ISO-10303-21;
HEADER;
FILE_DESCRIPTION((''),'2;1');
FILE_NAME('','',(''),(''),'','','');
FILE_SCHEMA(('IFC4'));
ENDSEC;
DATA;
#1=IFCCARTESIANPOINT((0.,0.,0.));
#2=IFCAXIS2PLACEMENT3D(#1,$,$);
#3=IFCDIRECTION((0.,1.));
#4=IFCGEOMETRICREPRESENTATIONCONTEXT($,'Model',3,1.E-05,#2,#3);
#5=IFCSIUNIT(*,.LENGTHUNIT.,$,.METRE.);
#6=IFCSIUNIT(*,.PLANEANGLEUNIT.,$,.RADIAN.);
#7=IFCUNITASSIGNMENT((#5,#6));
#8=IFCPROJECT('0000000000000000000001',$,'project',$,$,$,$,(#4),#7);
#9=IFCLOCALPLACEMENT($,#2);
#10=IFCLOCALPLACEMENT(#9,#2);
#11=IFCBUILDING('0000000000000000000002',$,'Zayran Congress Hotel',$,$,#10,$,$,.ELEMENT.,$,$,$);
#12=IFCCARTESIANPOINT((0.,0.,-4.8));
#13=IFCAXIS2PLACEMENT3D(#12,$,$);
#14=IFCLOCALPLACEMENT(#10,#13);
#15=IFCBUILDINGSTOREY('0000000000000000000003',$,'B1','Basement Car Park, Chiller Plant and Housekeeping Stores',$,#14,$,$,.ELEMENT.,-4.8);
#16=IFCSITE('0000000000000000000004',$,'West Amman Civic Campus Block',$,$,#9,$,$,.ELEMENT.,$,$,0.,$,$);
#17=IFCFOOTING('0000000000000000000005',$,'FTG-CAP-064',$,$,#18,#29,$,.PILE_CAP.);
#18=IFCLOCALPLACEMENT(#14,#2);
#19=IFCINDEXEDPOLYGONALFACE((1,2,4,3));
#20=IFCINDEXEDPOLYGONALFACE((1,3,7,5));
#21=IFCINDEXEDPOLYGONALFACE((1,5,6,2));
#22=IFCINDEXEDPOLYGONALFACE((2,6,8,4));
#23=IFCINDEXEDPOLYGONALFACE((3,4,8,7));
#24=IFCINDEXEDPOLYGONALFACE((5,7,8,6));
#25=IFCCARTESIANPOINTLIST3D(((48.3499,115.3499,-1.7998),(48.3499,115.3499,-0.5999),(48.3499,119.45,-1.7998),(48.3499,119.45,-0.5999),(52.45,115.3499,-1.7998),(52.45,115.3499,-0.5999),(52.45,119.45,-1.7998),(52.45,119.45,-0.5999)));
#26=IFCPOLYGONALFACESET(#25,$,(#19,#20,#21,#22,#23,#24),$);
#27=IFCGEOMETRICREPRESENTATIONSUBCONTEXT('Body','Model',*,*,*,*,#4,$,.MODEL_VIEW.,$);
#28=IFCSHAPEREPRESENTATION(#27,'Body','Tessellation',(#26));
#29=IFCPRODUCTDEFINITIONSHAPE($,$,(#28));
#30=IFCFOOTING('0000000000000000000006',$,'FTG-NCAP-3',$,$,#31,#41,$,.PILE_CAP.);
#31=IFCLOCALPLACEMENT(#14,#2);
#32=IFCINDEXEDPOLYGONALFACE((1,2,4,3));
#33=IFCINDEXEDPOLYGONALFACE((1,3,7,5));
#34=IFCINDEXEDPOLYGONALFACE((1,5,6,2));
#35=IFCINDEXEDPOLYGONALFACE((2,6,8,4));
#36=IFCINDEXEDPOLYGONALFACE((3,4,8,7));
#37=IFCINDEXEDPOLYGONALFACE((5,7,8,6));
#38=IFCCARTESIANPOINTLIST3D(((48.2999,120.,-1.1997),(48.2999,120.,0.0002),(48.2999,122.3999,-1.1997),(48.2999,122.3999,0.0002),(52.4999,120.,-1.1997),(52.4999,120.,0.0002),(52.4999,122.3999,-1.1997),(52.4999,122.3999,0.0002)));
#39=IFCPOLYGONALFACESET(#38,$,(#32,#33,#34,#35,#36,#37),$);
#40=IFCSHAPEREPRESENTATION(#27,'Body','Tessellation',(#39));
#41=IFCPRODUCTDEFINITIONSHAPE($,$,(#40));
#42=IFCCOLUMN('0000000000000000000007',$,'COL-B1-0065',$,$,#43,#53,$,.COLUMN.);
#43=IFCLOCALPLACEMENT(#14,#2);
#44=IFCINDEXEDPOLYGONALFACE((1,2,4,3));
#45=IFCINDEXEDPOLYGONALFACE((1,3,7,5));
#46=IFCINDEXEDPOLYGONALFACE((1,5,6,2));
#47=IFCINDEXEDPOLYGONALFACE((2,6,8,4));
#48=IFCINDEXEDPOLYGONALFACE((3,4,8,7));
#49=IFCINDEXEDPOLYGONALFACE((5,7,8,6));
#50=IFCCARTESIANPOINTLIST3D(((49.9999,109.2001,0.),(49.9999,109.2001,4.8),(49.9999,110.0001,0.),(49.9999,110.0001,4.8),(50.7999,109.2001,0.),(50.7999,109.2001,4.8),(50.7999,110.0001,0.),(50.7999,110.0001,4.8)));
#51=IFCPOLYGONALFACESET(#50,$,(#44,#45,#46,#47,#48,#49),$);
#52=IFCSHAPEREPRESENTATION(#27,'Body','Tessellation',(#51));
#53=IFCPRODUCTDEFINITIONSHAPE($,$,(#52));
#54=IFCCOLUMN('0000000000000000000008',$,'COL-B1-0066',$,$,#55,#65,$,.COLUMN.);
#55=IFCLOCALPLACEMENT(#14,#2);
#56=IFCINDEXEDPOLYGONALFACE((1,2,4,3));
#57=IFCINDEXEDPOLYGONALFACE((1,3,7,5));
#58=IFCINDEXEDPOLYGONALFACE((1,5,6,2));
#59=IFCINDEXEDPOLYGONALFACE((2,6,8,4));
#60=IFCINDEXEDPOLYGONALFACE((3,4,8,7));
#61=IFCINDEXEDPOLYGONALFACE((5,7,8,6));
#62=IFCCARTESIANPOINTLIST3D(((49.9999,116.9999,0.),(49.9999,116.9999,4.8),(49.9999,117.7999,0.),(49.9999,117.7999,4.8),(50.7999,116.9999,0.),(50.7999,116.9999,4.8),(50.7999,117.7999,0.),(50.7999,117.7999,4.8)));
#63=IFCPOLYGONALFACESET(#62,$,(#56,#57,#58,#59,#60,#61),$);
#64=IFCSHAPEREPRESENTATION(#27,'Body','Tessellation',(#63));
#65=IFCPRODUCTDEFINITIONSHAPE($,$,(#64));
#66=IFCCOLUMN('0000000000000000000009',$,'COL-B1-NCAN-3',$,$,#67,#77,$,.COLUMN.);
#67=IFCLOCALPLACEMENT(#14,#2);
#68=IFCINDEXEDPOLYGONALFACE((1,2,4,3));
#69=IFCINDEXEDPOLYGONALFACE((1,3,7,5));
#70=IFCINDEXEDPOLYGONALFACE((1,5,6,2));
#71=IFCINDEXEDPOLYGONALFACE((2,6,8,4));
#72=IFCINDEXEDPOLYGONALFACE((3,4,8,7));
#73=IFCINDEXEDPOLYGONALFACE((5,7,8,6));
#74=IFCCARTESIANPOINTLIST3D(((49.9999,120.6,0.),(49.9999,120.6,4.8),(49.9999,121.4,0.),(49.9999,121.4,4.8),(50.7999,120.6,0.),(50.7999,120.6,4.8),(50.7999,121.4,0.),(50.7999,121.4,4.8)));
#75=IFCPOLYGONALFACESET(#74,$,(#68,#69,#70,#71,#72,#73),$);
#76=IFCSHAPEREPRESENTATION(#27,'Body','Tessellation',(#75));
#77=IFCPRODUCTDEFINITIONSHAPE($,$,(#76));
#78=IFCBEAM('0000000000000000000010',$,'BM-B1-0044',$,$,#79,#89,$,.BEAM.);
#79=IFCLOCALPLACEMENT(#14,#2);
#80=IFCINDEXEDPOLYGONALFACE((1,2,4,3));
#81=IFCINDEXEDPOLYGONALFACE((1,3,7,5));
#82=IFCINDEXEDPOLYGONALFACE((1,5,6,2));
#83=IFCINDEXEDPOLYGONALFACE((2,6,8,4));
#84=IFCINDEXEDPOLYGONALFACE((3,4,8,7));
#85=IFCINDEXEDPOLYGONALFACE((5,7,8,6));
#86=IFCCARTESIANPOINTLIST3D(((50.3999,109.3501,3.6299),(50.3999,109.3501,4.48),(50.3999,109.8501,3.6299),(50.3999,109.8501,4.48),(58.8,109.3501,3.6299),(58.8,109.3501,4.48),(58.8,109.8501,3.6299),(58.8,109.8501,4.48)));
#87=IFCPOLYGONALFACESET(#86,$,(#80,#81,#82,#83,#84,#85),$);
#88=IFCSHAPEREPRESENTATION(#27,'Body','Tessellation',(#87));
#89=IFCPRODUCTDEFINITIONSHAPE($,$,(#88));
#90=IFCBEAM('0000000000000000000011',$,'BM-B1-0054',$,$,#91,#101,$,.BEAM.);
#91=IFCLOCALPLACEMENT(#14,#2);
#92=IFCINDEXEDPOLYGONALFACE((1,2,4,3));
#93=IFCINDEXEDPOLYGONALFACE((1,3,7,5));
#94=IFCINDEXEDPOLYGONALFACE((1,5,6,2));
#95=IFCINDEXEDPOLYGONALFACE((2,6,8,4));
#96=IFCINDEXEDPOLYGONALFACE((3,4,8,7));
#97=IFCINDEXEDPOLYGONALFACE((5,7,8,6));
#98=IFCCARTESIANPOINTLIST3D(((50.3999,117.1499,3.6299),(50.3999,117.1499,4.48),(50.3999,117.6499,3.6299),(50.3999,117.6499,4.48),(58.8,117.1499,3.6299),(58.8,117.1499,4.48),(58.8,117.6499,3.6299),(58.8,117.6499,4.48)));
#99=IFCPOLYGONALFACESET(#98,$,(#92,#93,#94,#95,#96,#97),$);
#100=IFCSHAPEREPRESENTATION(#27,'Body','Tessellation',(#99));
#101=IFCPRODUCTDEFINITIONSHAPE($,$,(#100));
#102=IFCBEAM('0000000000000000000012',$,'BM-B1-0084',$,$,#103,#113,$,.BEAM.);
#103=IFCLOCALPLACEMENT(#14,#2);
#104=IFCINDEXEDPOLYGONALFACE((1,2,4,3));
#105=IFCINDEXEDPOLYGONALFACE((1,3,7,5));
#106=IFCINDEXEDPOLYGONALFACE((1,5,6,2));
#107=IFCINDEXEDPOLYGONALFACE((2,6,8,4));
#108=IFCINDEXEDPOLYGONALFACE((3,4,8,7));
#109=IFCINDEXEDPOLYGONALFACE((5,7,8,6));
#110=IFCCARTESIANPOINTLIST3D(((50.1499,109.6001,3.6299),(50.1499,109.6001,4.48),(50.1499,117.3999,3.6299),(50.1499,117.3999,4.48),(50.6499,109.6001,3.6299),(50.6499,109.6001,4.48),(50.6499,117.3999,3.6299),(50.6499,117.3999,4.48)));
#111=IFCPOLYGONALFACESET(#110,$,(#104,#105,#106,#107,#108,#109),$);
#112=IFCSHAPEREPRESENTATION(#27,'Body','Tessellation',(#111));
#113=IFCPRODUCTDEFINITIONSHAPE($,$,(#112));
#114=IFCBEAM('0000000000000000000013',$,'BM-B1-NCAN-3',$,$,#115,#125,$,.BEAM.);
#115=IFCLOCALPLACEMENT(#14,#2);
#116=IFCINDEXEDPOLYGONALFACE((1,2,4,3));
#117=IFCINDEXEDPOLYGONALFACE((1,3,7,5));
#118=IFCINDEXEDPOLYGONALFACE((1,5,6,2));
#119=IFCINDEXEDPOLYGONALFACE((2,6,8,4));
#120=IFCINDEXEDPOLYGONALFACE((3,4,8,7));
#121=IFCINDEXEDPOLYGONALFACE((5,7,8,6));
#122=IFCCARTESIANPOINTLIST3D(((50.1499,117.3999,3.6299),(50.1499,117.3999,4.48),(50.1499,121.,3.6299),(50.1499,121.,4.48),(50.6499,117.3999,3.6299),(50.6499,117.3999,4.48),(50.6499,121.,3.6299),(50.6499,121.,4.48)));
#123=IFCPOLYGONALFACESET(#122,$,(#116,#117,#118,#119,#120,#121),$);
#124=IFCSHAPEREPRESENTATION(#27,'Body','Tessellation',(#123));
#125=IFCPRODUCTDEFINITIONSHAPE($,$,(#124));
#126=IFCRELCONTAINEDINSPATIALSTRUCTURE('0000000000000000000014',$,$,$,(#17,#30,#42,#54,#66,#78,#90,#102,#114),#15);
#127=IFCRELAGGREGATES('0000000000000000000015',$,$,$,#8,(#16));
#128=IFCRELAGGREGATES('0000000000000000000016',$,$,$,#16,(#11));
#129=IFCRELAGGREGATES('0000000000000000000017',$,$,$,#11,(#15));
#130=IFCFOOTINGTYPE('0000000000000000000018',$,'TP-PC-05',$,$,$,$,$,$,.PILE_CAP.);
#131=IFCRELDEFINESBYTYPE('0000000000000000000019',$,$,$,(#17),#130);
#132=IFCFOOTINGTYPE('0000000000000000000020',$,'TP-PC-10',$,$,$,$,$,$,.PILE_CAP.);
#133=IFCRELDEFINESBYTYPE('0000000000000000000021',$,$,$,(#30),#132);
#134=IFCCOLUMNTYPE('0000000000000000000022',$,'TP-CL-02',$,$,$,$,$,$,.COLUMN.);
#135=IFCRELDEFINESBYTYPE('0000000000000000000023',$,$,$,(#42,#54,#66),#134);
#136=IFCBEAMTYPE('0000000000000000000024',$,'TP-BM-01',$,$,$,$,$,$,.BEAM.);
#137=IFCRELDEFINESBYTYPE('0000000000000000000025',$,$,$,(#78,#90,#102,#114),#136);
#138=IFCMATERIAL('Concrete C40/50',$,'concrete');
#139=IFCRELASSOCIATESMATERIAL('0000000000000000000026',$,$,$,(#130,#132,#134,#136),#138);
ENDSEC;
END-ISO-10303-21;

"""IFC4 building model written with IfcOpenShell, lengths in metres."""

from ifc_helpers import new_model, si_unit, direction, frame, origin, origin_2d, place, context, subcontext, project, spatial, rectangle, extrude, material, material_profile, profile_set, type_object, element, save


model = new_model("IFC4")

# Units and contexts
model_context = context("Model", 3, precision=1e-05, world=origin(), true_north=direction((0.0, 1.0)))
body_context = subcontext(model_context, "Body", "Model", "MODEL_VIEW")
ifc_project = project(units=[si_unit("LENGTHUNIT", "METRE"), si_unit("PLANEANGLEUNIT", "RADIAN")], contexts=[model_context])

# Site, building, storey
site_placement = place(None, origin())
site = spatial("IfcSite", under=ifc_project, at=site_placement, Name="West Amman Civic Campus Block", CompositionType="ELEMENT", RefElevation=0.0)
building_placement = place(site_placement, origin())
building = spatial("IfcBuilding", under=site, at=building_placement, Name="Zayran Congress Hotel", CompositionType="ELEMENT")
storey_placement = place(building_placement, frame((0.0, 0.0, -4.8)))
storey = spatial("IfcBuildingStorey", under=building, at=storey_placement, Name="B1", Description="Basement Car Park, Chiller Plant and Housekeeping Stores", CompositionType="ELEMENT", Elevation=-4.8)

# Shared definitions
ifc_material = material(Name="Concrete C40/50", Category="concrete")

# Footings
footing_type_1 = type_object("IfcFootingType", Name="TP-PC-05", PredefinedType="PILE_CAP", material=ifc_material)
footing_1_placement = place(storey_placement, frame((50.3999, 117.3999, -1.7998), z_axis=(0.0, 0.0, 1.0), x_axis=(1.0, 0.0, 0.0)))
element("IfcFooting", 1, at=footing_1_placement, inside=storey, type_object=footing_type_1, Name="FTG-CAP-064", PredefinedType="PILE_CAP", context=body_context, shape_type="SweptSolid", body=[
    extrude(rectangle(XDim=4.1001, YDim=4.1001, at=origin_2d()), origin(), (0.0, 0.0, 1.0), 1.2),
])
footing_type_2 = type_object("IfcFootingType", Name="TP-PC-10", PredefinedType="PILE_CAP", material=ifc_material)
footing_2_placement = place(storey_placement, frame((50.3999, 121.2, -1.1997), z_axis=(0.0, 0.0, 1.0), x_axis=(1.0, 0.0, 0.0)))
element("IfcFooting", 2, at=footing_2_placement, inside=storey, type_object=footing_type_2, Name="FTG-NCAP-3", PredefinedType="PILE_CAP", context=body_context, shape_type="SweptSolid", body=[
    extrude(rectangle(XDim=4.2, YDim=2.3999, at=origin_2d()), origin(), (0.0, 0.0, 1.0), 1.2),
])

# Columns
ifc_material_profile_1 = material_profile(ifc_material, rectangle(XDim=0.8, YDim=0.8, at=origin_2d()), Name="RC 800x800")
ifc_profile_set_1 = profile_set([ifc_material_profile_1], Name="Concrete C40/50")
column_type = type_object("IfcColumnType", Name="TP-CL-02", PredefinedType="COLUMN", material=ifc_profile_set_1)
for number, where, z_axis, x_axis, name in (
    (3, (50.3999, 109.6001, 0.0), (0.0, 0.0, 1.0), (1.0, 0.0, 0.0), "COL-B1-0065"),
    (4, (50.3999, 117.3999, 0.0), (0.0, 0.0, 1.0), (1.0, 0.0, 0.0), "COL-B1-0066"),
    (5, (50.3999, 121.0, 0.0), (0.0, 0.0, 1.0), (1.0, 0.0, 0.0), "COL-B1-NCAN-3"),
):
    element("IfcColumn", number, at=place(storey_placement, frame(where, z_axis=z_axis, x_axis=x_axis)), inside=storey, type_object=column_type, Name=name, PredefinedType="COLUMN", context=body_context, shape_type="SweptSolid", body=[
        extrude(rectangle(XDim=0.8, YDim=0.8, at=origin_2d()), origin(), (0.0, 0.0, 1.0), 4.8),
    ])

# Beams
ifc_material_profile_2 = material_profile(ifc_material, rectangle(XDim=0.5, YDim=0.8501, at=origin_2d()), Name="RC 500x850")
ifc_profile_set_2 = profile_set([ifc_material_profile_2], Name="Concrete C40/50")
beam_type = type_object("IfcBeamType", Name="TP-BM-01", PredefinedType="BEAM", material=ifc_profile_set_2)
for number, where, z_axis, x_axis, name in (
    (6, (50.3999, 109.6001, 4.0549), (1.0, 0.0, 0.0), (0.0, 1.0, 0.0), "BM-B1-0044"),
    (7, (50.3999, 117.3999, 4.0549), (1.0, 0.0, 0.0), (0.0, 1.0, 0.0), "BM-B1-0054"),
):
    element("IfcBeam", number, at=place(storey_placement, frame(where, z_axis=z_axis, x_axis=x_axis)), inside=storey, type_object=beam_type, Name=name, PredefinedType="BEAM", context=body_context, shape_type="SweptSolid", body=[
        extrude(rectangle(XDim=0.5, YDim=0.8501, at=origin_2d()), origin(), (0.0, 0.0, 1.0), 8.4001),
    ])
beam_1_placement = place(storey_placement, frame((50.3999, 109.6001, 4.0549), z_axis=(0.0, 1.0, 0.0), x_axis=(-1.0, 0.0, 0.0)))
element("IfcBeam", 8, at=beam_1_placement, inside=storey, type_object=beam_type, Name="BM-B1-0084", PredefinedType="BEAM", context=body_context, shape_type="SweptSolid", body=[
    extrude(rectangle(XDim=0.5, YDim=0.8501, at=origin_2d()), origin(), (0.0, 0.0, 1.0), 7.7998),
])
beam_2_placement = place(storey_placement, frame((50.3999, 117.3999, 4.0549), z_axis=(0.0, 1.0, 0.0), x_axis=(-1.0, 0.0, 0.0)))
element("IfcBeam", 9, at=beam_2_placement, inside=storey, type_object=beam_type, Name="BM-B1-NCAN-3", PredefinedType="BEAM", context=body_context, shape_type="SweptSolid", body=[
    extrude(rectangle(XDim=0.5, YDim=0.8501, at=origin_2d()), origin(), (0.0, 0.0, 1.0), 3.6001),
])

save(model, "model.ifc")
